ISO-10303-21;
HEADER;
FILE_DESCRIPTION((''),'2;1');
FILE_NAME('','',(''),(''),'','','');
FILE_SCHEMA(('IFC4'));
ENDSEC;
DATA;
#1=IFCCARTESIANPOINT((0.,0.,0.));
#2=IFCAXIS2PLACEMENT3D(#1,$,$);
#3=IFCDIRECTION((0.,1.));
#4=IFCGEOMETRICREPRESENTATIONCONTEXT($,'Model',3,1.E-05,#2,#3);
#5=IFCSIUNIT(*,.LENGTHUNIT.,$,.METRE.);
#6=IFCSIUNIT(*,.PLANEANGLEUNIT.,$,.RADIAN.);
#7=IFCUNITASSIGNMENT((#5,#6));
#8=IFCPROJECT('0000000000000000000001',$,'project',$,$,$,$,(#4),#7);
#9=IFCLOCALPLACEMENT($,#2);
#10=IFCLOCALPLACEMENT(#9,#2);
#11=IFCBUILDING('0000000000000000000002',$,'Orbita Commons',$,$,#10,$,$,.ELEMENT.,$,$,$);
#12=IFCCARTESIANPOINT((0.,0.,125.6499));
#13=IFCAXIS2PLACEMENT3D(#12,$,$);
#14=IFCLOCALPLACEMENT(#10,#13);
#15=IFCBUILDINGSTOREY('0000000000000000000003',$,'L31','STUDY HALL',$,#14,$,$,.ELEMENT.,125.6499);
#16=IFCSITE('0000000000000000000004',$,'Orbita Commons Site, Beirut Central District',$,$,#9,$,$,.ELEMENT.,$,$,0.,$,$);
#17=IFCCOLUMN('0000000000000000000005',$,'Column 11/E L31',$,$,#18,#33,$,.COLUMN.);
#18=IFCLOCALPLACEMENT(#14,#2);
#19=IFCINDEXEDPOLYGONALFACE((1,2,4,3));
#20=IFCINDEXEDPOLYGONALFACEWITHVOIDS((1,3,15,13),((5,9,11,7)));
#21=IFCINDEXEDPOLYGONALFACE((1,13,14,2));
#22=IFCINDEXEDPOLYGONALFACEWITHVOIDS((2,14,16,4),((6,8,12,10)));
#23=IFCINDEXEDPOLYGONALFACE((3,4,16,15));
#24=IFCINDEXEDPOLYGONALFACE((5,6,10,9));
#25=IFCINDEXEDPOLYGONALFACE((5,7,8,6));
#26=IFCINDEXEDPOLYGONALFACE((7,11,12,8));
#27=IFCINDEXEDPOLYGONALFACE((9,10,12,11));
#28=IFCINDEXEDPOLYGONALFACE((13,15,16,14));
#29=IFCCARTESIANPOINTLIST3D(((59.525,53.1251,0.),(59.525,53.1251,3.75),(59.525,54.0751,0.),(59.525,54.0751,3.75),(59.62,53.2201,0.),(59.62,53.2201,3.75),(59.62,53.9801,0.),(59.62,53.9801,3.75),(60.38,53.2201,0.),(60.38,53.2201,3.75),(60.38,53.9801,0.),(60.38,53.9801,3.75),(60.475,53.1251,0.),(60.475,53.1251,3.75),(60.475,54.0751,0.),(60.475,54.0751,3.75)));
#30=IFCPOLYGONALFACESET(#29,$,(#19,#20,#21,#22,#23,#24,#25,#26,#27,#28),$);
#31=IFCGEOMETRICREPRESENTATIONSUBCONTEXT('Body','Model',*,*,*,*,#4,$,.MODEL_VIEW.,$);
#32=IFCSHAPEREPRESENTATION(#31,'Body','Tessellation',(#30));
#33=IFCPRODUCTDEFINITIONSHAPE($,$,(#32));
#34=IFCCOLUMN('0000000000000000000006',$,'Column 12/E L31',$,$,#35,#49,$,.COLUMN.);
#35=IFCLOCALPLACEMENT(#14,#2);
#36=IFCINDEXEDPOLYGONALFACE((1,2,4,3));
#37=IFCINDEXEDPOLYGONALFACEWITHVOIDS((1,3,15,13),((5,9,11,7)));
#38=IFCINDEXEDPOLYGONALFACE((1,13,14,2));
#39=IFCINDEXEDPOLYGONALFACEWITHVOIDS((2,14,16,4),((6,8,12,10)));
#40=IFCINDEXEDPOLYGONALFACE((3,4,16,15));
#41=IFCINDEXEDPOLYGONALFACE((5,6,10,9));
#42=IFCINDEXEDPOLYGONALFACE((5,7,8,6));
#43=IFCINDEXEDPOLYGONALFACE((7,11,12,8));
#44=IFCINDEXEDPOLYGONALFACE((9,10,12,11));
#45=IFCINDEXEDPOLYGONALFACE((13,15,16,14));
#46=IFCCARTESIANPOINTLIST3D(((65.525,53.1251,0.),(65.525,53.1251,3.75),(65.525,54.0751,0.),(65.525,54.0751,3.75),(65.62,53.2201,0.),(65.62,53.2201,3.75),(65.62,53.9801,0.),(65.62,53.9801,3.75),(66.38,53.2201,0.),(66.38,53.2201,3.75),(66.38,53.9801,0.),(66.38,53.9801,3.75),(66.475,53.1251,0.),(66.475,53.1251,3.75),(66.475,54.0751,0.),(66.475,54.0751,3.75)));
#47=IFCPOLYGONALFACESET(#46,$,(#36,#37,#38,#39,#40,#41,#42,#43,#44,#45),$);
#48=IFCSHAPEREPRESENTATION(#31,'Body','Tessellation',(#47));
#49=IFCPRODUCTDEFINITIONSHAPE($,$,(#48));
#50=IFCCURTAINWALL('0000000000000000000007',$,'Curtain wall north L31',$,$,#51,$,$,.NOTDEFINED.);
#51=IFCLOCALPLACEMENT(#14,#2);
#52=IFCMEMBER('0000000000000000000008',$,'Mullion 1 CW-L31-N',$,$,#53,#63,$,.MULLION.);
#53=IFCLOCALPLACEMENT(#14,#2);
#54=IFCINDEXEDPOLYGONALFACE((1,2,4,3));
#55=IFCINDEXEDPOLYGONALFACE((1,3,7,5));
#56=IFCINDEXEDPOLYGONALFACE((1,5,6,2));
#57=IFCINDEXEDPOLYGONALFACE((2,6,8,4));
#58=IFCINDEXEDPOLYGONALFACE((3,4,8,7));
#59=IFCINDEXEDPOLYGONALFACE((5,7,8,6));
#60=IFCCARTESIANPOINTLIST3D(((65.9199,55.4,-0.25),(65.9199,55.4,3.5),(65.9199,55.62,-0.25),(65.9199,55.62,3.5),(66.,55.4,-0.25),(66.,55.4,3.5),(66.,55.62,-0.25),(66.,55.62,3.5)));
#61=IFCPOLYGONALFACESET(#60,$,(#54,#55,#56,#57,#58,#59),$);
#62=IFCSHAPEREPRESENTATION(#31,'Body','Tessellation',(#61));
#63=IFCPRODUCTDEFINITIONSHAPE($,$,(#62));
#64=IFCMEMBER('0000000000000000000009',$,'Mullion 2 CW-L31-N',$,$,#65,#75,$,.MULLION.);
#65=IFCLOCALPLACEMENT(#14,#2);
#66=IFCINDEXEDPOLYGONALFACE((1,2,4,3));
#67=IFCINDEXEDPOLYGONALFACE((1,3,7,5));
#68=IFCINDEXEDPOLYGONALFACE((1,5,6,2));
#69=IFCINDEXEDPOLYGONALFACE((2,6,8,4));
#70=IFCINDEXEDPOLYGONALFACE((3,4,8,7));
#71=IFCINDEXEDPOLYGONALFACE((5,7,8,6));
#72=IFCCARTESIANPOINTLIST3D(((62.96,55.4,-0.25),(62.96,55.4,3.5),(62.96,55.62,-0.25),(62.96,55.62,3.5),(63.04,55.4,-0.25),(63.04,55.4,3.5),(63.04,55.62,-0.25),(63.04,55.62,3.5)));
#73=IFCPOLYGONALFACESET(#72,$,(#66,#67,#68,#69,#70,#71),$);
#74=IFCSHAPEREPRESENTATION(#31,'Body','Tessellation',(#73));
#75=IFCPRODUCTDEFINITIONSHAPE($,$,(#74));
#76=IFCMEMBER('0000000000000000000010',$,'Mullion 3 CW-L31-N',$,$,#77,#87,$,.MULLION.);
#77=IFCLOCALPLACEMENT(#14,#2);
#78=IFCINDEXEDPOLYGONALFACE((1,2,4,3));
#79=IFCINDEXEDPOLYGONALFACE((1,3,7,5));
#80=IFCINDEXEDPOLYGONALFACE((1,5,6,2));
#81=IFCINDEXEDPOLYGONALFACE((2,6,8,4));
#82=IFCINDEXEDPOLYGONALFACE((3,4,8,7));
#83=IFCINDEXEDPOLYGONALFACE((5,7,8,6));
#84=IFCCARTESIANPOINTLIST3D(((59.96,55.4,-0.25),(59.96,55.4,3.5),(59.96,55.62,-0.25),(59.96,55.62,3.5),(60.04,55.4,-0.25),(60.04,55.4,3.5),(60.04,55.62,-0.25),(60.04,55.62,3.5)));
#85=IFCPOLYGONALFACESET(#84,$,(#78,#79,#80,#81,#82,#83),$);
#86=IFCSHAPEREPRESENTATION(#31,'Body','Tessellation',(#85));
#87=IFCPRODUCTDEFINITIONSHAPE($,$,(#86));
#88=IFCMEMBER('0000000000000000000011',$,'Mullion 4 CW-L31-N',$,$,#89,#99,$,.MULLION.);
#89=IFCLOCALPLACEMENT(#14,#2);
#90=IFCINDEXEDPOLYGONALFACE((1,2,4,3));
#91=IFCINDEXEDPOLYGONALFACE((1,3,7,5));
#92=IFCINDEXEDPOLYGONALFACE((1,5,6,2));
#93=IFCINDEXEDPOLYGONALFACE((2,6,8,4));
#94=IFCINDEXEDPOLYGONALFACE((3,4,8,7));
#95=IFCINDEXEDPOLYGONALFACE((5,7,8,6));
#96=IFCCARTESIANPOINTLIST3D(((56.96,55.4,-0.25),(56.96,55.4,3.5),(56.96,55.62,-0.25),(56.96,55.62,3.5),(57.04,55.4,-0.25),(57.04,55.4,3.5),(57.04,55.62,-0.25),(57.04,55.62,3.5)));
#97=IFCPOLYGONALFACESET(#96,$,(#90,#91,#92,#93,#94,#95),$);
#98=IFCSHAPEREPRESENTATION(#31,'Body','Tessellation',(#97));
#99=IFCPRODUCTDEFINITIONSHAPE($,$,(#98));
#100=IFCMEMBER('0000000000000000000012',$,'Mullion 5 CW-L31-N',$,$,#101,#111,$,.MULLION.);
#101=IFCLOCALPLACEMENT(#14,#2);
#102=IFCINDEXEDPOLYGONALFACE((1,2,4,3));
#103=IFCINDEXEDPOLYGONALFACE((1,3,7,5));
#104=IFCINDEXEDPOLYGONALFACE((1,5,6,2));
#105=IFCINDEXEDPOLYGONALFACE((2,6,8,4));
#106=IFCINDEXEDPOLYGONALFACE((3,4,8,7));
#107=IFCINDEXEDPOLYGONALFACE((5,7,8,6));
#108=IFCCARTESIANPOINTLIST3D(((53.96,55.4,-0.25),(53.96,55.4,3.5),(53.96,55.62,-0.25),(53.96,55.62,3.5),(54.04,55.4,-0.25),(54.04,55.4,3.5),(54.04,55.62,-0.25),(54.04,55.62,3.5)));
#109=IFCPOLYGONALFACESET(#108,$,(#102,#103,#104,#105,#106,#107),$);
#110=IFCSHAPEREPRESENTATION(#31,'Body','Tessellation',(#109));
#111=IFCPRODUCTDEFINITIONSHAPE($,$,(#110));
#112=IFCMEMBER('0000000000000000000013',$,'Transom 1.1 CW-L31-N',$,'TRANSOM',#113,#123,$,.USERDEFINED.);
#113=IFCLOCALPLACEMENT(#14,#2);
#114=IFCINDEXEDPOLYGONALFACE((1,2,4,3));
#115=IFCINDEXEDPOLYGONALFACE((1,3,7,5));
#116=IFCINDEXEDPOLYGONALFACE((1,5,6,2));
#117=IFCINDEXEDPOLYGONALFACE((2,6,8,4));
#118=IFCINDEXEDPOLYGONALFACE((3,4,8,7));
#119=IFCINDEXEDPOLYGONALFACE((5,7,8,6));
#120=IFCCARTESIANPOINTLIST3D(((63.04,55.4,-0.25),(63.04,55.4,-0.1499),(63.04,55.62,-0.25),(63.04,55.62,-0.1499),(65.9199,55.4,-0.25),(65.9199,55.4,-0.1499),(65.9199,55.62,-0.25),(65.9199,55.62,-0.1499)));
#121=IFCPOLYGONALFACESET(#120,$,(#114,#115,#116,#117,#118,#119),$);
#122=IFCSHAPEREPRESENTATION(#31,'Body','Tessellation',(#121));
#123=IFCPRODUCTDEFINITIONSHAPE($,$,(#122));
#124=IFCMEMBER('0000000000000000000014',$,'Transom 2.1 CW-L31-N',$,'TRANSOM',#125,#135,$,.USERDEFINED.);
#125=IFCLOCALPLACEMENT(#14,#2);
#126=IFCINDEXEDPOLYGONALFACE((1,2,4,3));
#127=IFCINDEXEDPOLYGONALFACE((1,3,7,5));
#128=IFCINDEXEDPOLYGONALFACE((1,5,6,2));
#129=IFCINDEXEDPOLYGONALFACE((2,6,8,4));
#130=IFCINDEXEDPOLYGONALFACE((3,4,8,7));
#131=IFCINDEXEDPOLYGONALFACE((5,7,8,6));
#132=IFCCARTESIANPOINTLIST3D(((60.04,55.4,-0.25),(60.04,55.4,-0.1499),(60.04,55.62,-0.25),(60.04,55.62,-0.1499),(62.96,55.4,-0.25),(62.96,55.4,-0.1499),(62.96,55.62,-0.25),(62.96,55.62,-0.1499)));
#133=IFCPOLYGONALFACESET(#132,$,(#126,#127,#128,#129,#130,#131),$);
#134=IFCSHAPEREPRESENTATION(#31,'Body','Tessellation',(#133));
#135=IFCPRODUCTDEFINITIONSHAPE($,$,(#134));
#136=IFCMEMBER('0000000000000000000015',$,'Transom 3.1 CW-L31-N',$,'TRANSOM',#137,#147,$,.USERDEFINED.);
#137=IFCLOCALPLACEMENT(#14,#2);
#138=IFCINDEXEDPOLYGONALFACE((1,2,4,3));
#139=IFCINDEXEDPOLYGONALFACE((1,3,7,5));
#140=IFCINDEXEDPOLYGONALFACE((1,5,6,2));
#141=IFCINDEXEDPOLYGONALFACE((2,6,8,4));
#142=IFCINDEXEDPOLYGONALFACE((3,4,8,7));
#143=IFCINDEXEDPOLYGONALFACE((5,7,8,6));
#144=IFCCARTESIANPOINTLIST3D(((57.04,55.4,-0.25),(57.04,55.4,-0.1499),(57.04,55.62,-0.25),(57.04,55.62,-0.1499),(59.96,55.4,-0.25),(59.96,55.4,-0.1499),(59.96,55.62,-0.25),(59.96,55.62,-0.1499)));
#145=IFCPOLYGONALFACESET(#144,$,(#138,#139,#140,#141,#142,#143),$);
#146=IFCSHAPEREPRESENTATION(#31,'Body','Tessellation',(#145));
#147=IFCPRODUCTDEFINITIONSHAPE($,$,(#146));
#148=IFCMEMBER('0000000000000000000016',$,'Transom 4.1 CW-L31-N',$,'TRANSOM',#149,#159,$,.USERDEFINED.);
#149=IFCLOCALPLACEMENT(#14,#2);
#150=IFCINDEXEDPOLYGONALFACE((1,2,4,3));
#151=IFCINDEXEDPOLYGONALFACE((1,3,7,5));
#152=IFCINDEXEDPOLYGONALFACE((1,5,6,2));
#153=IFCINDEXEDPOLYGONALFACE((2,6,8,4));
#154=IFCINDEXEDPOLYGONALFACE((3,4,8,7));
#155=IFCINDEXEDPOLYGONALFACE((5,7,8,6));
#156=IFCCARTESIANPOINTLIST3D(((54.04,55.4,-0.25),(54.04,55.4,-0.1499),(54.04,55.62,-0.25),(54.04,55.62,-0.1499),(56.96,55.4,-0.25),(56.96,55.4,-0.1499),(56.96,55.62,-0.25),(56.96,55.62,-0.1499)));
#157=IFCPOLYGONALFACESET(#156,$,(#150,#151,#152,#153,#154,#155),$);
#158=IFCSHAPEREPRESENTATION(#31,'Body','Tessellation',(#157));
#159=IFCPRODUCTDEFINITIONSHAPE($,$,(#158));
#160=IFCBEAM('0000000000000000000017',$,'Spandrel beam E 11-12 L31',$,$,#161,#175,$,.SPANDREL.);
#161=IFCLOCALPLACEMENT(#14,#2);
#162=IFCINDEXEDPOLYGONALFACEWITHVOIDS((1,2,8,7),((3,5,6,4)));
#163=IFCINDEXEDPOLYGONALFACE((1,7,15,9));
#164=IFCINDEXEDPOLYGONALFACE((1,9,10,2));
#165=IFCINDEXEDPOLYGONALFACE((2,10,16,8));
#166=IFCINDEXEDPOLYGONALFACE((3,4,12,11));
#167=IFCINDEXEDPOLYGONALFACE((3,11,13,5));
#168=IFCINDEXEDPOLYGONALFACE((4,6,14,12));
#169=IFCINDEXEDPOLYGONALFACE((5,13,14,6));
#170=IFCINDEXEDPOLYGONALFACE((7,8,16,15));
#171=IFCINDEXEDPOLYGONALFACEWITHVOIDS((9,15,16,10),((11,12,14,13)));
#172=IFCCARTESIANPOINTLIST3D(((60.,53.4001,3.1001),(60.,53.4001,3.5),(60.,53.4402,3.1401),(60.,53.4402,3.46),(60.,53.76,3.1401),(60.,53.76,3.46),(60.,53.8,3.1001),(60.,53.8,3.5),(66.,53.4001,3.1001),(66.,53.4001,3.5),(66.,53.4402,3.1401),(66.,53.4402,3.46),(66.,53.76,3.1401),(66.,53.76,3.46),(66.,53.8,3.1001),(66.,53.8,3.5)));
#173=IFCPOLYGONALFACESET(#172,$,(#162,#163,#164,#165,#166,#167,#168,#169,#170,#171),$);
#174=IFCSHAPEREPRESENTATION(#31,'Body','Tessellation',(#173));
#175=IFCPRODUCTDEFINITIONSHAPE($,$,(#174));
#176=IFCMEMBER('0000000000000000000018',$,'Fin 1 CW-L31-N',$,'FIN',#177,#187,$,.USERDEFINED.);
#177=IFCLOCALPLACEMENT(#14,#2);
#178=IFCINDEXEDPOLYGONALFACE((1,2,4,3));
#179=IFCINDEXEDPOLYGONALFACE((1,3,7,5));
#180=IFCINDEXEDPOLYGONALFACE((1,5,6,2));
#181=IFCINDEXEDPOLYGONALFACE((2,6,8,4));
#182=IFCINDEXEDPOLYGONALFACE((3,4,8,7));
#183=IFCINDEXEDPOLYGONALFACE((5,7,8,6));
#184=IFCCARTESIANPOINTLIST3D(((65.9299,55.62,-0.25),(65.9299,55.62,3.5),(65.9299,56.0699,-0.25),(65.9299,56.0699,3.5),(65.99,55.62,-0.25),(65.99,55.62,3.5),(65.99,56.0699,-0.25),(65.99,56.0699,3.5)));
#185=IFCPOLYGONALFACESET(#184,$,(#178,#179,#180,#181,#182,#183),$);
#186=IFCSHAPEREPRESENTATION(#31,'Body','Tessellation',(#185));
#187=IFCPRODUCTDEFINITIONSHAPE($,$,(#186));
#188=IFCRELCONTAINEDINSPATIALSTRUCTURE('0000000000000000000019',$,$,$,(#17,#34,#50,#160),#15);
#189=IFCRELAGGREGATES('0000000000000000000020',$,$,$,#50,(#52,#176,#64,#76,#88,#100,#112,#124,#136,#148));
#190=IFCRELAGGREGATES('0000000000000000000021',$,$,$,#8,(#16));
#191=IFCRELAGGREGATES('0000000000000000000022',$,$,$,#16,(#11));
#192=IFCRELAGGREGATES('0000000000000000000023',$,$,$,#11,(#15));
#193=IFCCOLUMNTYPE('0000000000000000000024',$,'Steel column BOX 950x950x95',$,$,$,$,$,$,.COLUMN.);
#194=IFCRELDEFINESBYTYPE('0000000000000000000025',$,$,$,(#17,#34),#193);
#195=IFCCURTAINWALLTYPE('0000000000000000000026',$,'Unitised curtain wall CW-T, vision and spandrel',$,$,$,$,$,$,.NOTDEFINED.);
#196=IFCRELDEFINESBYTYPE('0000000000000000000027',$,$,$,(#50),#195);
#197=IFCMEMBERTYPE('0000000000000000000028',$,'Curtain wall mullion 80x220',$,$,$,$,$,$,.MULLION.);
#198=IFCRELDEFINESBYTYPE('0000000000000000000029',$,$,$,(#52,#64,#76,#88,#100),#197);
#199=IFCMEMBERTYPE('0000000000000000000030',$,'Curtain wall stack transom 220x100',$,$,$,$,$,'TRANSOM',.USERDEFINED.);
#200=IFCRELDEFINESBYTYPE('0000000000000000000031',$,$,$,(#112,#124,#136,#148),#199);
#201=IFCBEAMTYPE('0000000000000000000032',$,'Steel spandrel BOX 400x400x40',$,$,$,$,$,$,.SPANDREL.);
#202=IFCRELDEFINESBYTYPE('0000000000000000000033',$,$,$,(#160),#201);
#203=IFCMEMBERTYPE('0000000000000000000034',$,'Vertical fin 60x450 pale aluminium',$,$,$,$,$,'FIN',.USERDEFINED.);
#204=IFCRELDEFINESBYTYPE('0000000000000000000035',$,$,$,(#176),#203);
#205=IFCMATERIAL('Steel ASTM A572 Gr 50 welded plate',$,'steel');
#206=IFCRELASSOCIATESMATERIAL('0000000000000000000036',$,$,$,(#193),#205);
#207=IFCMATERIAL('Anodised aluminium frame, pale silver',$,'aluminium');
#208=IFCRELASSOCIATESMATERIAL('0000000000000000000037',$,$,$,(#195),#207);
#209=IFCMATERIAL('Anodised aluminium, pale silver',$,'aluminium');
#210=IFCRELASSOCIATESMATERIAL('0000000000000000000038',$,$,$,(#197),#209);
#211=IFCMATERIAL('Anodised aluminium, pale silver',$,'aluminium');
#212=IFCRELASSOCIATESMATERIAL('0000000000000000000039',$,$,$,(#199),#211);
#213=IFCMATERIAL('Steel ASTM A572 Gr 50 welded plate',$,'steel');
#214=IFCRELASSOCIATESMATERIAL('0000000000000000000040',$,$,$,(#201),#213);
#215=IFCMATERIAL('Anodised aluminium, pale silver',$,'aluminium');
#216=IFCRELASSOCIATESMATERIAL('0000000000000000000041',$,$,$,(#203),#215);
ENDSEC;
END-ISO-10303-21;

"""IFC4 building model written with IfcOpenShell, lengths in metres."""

from ifc_helpers import new_model, si_unit, direction, frame, origin, origin_2d, place, context, subcontext, project, spatial, rectangle, hollow_rectangle, extrude, material, material_profile, profile_set, type_object, element, aggregate, save


model = new_model("IFC4")

# Units and contexts
model_context = context("Model", 3, precision=1e-05, world=origin(), true_north=direction((0.0, 1.0)))
body_context = subcontext(model_context, "Body", "Model", "MODEL_VIEW")
ifc_project = project(units=[si_unit("LENGTHUNIT", "METRE"), si_unit("PLANEANGLEUNIT", "RADIAN")], contexts=[model_context])

# Site, building, storey
site_placement = place(None, origin())
site = spatial("IfcSite", under=ifc_project, at=site_placement, Name="Orbita Commons Site, Beirut Central District", CompositionType="ELEMENT", RefElevation=0.0)
building_placement = place(site_placement, origin())
building = spatial("IfcBuilding", under=site, at=building_placement, Name="Orbita Commons", CompositionType="ELEMENT")
storey_placement = place(building_placement, frame((0.0, 0.0, 125.6499)))
storey = spatial("IfcBuildingStorey", under=building, at=storey_placement, Name="L31", Description="STUDY HALL", CompositionType="ELEMENT", Elevation=125.6499)

# Columns
ifc_material_1 = material(Name="Steel ASTM A572 Gr 50 welded plate", Category="steel")
ifc_material_profile_1 = material_profile(ifc_material_1, hollow_rectangle(XDim=0.95, YDim=0.95, WallThickness=0.095, at=origin_2d()), Name="BOX 950x950x95")
ifc_profile_set_1 = profile_set([ifc_material_profile_1], Name="Steel ASTM A572 Gr 50 welded plate")
column_type = type_object("IfcColumnType", Name="Steel column BOX 950x950x95", PredefinedType="COLUMN", material=ifc_profile_set_1)
for number, where, z_axis, x_axis, name in (
    (1, (60.0, 53.6001, 0.0), (0.0, 0.0, 1.0), (1.0, 0.0, 0.0), "Column 11/E L31"),
    (2, (66.0, 53.6001, 0.0), (0.0, 0.0, 1.0), (1.0, 0.0, 0.0), "Column 12/E L31"),
):
    element("IfcColumn", number, at=place(storey_placement, frame(where, z_axis=z_axis, x_axis=x_axis)), inside=storey, type_object=column_type, Name=name, PredefinedType="COLUMN", context=body_context, shape_type="SweptSolid", body=[
        extrude(hollow_rectangle(XDim=0.95, YDim=0.95, WallThickness=0.095, at=origin_2d()), origin(), (0.0, 0.0, 1.0), 3.75),
    ])

# Curtain wall, members
ifc_material_2 = material(Name="Anodised aluminium frame, pale silver", Category="aluminium")
curtain_wall_type = type_object("IfcCurtainWallType", Name="Unitised curtain wall CW-T, vision and spandrel", PredefinedType="NOTDEFINED", material=ifc_material_2)
curtain_wall_placement = place(storey_placement, origin())
curtain_wall = element("IfcCurtainWall", 3, at=curtain_wall_placement, inside=storey, type_object=curtain_wall_type, Name="Curtain wall north L31", PredefinedType="NOTDEFINED")
ifc_material_3 = material(Name="Anodised aluminium, pale silver", Category="aluminium")
ifc_material_profile_2 = material_profile(ifc_material_3, rectangle(XDim=0.0801, YDim=0.22, at=origin_2d()), Name="AL 80x220")
ifc_profile_set_2 = profile_set([ifc_material_profile_2], Name="Anodised aluminium, pale silver")
member_type_1 = type_object("IfcMemberType", Name="Curtain wall mullion 80x220", PredefinedType="MULLION", material=ifc_profile_set_2)
member_1_placement = place(storey_placement, frame((65.96, 55.51, -0.25), z_axis=(0.0, 0.0, 1.0), x_axis=(-1.0, 0.0, 0.0)))
member_1 = element("IfcMember", 4, at=member_1_placement, type_object=member_type_1, Name="Mullion 1 CW-L31-N", PredefinedType="MULLION", context=body_context, shape_type="SweptSolid", body=[
    extrude(rectangle(XDim=0.0801, YDim=0.22, at=origin_2d()), origin(), (0.0, 0.0, 1.0), 3.75),
])
member_2_placement = place(storey_placement, frame((63.0, 55.51, -0.25), z_axis=(0.0, 0.0, 1.0), x_axis=(-1.0, 0.0, 0.0)))
member_2 = element("IfcMember", 5, at=member_2_placement, type_object=member_type_1, Name="Mullion 2 CW-L31-N", PredefinedType="MULLION", context=body_context, shape_type="SweptSolid", body=[
    extrude(rectangle(XDim=0.0801, YDim=0.22, at=origin_2d()), origin(), (0.0, 0.0, 1.0), 3.75),
])
member_3_placement = place(storey_placement, frame((60.0, 55.51, -0.25), z_axis=(0.0, 0.0, 1.0), x_axis=(-1.0, 0.0, 0.0)))
member_3 = element("IfcMember", 6, at=member_3_placement, type_object=member_type_1, Name="Mullion 3 CW-L31-N", PredefinedType="MULLION", context=body_context, shape_type="SweptSolid", body=[
    extrude(rectangle(XDim=0.0801, YDim=0.22, at=origin_2d()), origin(), (0.0, 0.0, 1.0), 3.75),
])
member_4_placement = place(storey_placement, frame((57.0, 55.51, -0.25), z_axis=(0.0, 0.0, 1.0), x_axis=(-1.0, 0.0, 0.0)))
member_4 = element("IfcMember", 7, at=member_4_placement, type_object=member_type_1, Name="Mullion 4 CW-L31-N", PredefinedType="MULLION", context=body_context, shape_type="SweptSolid", body=[
    extrude(rectangle(XDim=0.0801, YDim=0.22, at=origin_2d()), origin(), (0.0, 0.0, 1.0), 3.75),
])
member_5_placement = place(storey_placement, frame((54.0, 55.51, -0.25), z_axis=(0.0, 0.0, 1.0), x_axis=(-1.0, 0.0, 0.0)))
member_5 = element("IfcMember", 8, at=member_5_placement, type_object=member_type_1, Name="Mullion 5 CW-L31-N", PredefinedType="MULLION", context=body_context, shape_type="SweptSolid", body=[
    extrude(rectangle(XDim=0.0801, YDim=0.22, at=origin_2d()), origin(), (0.0, 0.0, 1.0), 3.75),
])
ifc_material_4 = material(Name="Anodised aluminium, pale silver", Category="aluminium")
ifc_material_profile_3 = material_profile(ifc_material_4, rectangle(XDim=0.22, YDim=0.1001, at=origin_2d()), Name="AL 220x100")
ifc_profile_set_3 = profile_set([ifc_material_profile_3], Name="Anodised aluminium, pale silver")
member_type_2 = type_object("IfcMemberType", Name="Curtain wall stack transom 220x100", ElementType="TRANSOM", PredefinedType="USERDEFINED", material=ifc_profile_set_3)
member_6_placement = place(storey_placement, frame((65.9199, 55.51, -0.2), z_axis=(-1.0, 0.0, 0.0), x_axis=(0.0, -1.0, 0.0)))
member_6 = element("IfcMember", 9, at=member_6_placement, type_object=member_type_2, Name="Transom 1.1 CW-L31-N", ObjectType="TRANSOM", PredefinedType="USERDEFINED", context=body_context, shape_type="SweptSolid", body=[
    extrude(rectangle(XDim=0.22, YDim=0.1001, at=origin_2d()), origin(), (0.0, 0.0, 1.0), 2.8799),
])
member_7_placement = place(storey_placement, frame((62.96, 55.51, -0.2), z_axis=(-1.0, 0.0, 0.0), x_axis=(0.0, -1.0, 0.0)))
member_7 = element("IfcMember", 10, at=member_7_placement, type_object=member_type_2, Name="Transom 2.1 CW-L31-N", ObjectType="TRANSOM", PredefinedType="USERDEFINED", context=body_context, shape_type="SweptSolid", body=[
    extrude(rectangle(XDim=0.22, YDim=0.1001, at=origin_2d()), origin(), (0.0, 0.0, 1.0), 2.9199),
])
member_8_placement = place(storey_placement, frame((59.96, 55.51, -0.2), z_axis=(-1.0, 0.0, 0.0), x_axis=(0.0, -1.0, 0.0)))
member_8 = element("IfcMember", 11, at=member_8_placement, type_object=member_type_2, Name="Transom 3.1 CW-L31-N", ObjectType="TRANSOM", PredefinedType="USERDEFINED", context=body_context, shape_type="SweptSolid", body=[
    extrude(rectangle(XDim=0.22, YDim=0.1001, at=origin_2d()), origin(), (0.0, 0.0, 1.0), 2.9199),
])
member_9_placement = place(storey_placement, frame((56.96, 55.51, -0.2), z_axis=(-1.0, 0.0, 0.0), x_axis=(0.0, -1.0, 0.0)))
member_9 = element("IfcMember", 12, at=member_9_placement, type_object=member_type_2, Name="Transom 4.1 CW-L31-N", ObjectType="TRANSOM", PredefinedType="USERDEFINED", context=body_context, shape_type="SweptSolid", body=[
    extrude(rectangle(XDim=0.22, YDim=0.1001, at=origin_2d()), origin(), (0.0, 0.0, 1.0), 2.9199),
])

# Beam
ifc_material_5 = material(Name="Steel ASTM A572 Gr 50 welded plate", Category="steel")
ifc_material_profile_4 = material_profile(ifc_material_5, hollow_rectangle(XDim=0.3999, YDim=0.3999, WallThickness=0.04, at=origin_2d()), Name="BOX 400x400x40")
ifc_profile_set_4 = profile_set([ifc_material_profile_4], Name="Steel ASTM A572 Gr 50 welded plate")
beam_type = type_object("IfcBeamType", Name="Steel spandrel BOX 400x400x40", PredefinedType="SPANDREL", material=ifc_profile_set_4)
beam_placement = place(storey_placement, frame((60.0, 53.6001, 3.3), z_axis=(1.0, 0.0, 0.0), x_axis=(0.0, 1.0, 0.0)))
element("IfcBeam", 13, at=beam_placement, inside=storey, type_object=beam_type, Name="Spandrel beam E 11-12 L31", PredefinedType="SPANDREL", context=body_context, shape_type="SweptSolid", body=[
    extrude(hollow_rectangle(XDim=0.3999, YDim=0.3999, WallThickness=0.04, at=origin_2d()), origin(), (0.0, 0.0, 1.0), 6.0),
])

# Member
ifc_material_6 = material(Name="Anodised aluminium, pale silver", Category="aluminium")
ifc_material_profile_5 = material_profile(ifc_material_6, rectangle(XDim=0.0601, YDim=0.45, at=origin_2d()), Name="FIN 60x450")
ifc_profile_set_5 = profile_set([ifc_material_profile_5], Name="Anodised aluminium, pale silver")
member_type_3 = type_object("IfcMemberType", Name="Vertical fin 60x450 pale aluminium", ElementType="FIN", PredefinedType="USERDEFINED", material=ifc_profile_set_5)
member_10_placement = place(storey_placement, frame((65.96, 55.845, -0.25), z_axis=(0.0, 0.0, 1.0), x_axis=(-1.0, 0.0, 0.0)))
member_10 = element("IfcMember", 14, at=member_10_placement, type_object=member_type_3, Name="Fin 1 CW-L31-N", ObjectType="FIN", PredefinedType="USERDEFINED", context=body_context, shape_type="SweptSolid", body=[
    extrude(rectangle(XDim=0.0601, YDim=0.45, at=origin_2d()), origin(), (0.0, 0.0, 1.0), 3.75),
])

aggregate(curtain_wall, [member_1, member_10, member_2, member_3, member_4, member_5, member_6, member_7, member_8, member_9])

save(model, "model.ifc")
